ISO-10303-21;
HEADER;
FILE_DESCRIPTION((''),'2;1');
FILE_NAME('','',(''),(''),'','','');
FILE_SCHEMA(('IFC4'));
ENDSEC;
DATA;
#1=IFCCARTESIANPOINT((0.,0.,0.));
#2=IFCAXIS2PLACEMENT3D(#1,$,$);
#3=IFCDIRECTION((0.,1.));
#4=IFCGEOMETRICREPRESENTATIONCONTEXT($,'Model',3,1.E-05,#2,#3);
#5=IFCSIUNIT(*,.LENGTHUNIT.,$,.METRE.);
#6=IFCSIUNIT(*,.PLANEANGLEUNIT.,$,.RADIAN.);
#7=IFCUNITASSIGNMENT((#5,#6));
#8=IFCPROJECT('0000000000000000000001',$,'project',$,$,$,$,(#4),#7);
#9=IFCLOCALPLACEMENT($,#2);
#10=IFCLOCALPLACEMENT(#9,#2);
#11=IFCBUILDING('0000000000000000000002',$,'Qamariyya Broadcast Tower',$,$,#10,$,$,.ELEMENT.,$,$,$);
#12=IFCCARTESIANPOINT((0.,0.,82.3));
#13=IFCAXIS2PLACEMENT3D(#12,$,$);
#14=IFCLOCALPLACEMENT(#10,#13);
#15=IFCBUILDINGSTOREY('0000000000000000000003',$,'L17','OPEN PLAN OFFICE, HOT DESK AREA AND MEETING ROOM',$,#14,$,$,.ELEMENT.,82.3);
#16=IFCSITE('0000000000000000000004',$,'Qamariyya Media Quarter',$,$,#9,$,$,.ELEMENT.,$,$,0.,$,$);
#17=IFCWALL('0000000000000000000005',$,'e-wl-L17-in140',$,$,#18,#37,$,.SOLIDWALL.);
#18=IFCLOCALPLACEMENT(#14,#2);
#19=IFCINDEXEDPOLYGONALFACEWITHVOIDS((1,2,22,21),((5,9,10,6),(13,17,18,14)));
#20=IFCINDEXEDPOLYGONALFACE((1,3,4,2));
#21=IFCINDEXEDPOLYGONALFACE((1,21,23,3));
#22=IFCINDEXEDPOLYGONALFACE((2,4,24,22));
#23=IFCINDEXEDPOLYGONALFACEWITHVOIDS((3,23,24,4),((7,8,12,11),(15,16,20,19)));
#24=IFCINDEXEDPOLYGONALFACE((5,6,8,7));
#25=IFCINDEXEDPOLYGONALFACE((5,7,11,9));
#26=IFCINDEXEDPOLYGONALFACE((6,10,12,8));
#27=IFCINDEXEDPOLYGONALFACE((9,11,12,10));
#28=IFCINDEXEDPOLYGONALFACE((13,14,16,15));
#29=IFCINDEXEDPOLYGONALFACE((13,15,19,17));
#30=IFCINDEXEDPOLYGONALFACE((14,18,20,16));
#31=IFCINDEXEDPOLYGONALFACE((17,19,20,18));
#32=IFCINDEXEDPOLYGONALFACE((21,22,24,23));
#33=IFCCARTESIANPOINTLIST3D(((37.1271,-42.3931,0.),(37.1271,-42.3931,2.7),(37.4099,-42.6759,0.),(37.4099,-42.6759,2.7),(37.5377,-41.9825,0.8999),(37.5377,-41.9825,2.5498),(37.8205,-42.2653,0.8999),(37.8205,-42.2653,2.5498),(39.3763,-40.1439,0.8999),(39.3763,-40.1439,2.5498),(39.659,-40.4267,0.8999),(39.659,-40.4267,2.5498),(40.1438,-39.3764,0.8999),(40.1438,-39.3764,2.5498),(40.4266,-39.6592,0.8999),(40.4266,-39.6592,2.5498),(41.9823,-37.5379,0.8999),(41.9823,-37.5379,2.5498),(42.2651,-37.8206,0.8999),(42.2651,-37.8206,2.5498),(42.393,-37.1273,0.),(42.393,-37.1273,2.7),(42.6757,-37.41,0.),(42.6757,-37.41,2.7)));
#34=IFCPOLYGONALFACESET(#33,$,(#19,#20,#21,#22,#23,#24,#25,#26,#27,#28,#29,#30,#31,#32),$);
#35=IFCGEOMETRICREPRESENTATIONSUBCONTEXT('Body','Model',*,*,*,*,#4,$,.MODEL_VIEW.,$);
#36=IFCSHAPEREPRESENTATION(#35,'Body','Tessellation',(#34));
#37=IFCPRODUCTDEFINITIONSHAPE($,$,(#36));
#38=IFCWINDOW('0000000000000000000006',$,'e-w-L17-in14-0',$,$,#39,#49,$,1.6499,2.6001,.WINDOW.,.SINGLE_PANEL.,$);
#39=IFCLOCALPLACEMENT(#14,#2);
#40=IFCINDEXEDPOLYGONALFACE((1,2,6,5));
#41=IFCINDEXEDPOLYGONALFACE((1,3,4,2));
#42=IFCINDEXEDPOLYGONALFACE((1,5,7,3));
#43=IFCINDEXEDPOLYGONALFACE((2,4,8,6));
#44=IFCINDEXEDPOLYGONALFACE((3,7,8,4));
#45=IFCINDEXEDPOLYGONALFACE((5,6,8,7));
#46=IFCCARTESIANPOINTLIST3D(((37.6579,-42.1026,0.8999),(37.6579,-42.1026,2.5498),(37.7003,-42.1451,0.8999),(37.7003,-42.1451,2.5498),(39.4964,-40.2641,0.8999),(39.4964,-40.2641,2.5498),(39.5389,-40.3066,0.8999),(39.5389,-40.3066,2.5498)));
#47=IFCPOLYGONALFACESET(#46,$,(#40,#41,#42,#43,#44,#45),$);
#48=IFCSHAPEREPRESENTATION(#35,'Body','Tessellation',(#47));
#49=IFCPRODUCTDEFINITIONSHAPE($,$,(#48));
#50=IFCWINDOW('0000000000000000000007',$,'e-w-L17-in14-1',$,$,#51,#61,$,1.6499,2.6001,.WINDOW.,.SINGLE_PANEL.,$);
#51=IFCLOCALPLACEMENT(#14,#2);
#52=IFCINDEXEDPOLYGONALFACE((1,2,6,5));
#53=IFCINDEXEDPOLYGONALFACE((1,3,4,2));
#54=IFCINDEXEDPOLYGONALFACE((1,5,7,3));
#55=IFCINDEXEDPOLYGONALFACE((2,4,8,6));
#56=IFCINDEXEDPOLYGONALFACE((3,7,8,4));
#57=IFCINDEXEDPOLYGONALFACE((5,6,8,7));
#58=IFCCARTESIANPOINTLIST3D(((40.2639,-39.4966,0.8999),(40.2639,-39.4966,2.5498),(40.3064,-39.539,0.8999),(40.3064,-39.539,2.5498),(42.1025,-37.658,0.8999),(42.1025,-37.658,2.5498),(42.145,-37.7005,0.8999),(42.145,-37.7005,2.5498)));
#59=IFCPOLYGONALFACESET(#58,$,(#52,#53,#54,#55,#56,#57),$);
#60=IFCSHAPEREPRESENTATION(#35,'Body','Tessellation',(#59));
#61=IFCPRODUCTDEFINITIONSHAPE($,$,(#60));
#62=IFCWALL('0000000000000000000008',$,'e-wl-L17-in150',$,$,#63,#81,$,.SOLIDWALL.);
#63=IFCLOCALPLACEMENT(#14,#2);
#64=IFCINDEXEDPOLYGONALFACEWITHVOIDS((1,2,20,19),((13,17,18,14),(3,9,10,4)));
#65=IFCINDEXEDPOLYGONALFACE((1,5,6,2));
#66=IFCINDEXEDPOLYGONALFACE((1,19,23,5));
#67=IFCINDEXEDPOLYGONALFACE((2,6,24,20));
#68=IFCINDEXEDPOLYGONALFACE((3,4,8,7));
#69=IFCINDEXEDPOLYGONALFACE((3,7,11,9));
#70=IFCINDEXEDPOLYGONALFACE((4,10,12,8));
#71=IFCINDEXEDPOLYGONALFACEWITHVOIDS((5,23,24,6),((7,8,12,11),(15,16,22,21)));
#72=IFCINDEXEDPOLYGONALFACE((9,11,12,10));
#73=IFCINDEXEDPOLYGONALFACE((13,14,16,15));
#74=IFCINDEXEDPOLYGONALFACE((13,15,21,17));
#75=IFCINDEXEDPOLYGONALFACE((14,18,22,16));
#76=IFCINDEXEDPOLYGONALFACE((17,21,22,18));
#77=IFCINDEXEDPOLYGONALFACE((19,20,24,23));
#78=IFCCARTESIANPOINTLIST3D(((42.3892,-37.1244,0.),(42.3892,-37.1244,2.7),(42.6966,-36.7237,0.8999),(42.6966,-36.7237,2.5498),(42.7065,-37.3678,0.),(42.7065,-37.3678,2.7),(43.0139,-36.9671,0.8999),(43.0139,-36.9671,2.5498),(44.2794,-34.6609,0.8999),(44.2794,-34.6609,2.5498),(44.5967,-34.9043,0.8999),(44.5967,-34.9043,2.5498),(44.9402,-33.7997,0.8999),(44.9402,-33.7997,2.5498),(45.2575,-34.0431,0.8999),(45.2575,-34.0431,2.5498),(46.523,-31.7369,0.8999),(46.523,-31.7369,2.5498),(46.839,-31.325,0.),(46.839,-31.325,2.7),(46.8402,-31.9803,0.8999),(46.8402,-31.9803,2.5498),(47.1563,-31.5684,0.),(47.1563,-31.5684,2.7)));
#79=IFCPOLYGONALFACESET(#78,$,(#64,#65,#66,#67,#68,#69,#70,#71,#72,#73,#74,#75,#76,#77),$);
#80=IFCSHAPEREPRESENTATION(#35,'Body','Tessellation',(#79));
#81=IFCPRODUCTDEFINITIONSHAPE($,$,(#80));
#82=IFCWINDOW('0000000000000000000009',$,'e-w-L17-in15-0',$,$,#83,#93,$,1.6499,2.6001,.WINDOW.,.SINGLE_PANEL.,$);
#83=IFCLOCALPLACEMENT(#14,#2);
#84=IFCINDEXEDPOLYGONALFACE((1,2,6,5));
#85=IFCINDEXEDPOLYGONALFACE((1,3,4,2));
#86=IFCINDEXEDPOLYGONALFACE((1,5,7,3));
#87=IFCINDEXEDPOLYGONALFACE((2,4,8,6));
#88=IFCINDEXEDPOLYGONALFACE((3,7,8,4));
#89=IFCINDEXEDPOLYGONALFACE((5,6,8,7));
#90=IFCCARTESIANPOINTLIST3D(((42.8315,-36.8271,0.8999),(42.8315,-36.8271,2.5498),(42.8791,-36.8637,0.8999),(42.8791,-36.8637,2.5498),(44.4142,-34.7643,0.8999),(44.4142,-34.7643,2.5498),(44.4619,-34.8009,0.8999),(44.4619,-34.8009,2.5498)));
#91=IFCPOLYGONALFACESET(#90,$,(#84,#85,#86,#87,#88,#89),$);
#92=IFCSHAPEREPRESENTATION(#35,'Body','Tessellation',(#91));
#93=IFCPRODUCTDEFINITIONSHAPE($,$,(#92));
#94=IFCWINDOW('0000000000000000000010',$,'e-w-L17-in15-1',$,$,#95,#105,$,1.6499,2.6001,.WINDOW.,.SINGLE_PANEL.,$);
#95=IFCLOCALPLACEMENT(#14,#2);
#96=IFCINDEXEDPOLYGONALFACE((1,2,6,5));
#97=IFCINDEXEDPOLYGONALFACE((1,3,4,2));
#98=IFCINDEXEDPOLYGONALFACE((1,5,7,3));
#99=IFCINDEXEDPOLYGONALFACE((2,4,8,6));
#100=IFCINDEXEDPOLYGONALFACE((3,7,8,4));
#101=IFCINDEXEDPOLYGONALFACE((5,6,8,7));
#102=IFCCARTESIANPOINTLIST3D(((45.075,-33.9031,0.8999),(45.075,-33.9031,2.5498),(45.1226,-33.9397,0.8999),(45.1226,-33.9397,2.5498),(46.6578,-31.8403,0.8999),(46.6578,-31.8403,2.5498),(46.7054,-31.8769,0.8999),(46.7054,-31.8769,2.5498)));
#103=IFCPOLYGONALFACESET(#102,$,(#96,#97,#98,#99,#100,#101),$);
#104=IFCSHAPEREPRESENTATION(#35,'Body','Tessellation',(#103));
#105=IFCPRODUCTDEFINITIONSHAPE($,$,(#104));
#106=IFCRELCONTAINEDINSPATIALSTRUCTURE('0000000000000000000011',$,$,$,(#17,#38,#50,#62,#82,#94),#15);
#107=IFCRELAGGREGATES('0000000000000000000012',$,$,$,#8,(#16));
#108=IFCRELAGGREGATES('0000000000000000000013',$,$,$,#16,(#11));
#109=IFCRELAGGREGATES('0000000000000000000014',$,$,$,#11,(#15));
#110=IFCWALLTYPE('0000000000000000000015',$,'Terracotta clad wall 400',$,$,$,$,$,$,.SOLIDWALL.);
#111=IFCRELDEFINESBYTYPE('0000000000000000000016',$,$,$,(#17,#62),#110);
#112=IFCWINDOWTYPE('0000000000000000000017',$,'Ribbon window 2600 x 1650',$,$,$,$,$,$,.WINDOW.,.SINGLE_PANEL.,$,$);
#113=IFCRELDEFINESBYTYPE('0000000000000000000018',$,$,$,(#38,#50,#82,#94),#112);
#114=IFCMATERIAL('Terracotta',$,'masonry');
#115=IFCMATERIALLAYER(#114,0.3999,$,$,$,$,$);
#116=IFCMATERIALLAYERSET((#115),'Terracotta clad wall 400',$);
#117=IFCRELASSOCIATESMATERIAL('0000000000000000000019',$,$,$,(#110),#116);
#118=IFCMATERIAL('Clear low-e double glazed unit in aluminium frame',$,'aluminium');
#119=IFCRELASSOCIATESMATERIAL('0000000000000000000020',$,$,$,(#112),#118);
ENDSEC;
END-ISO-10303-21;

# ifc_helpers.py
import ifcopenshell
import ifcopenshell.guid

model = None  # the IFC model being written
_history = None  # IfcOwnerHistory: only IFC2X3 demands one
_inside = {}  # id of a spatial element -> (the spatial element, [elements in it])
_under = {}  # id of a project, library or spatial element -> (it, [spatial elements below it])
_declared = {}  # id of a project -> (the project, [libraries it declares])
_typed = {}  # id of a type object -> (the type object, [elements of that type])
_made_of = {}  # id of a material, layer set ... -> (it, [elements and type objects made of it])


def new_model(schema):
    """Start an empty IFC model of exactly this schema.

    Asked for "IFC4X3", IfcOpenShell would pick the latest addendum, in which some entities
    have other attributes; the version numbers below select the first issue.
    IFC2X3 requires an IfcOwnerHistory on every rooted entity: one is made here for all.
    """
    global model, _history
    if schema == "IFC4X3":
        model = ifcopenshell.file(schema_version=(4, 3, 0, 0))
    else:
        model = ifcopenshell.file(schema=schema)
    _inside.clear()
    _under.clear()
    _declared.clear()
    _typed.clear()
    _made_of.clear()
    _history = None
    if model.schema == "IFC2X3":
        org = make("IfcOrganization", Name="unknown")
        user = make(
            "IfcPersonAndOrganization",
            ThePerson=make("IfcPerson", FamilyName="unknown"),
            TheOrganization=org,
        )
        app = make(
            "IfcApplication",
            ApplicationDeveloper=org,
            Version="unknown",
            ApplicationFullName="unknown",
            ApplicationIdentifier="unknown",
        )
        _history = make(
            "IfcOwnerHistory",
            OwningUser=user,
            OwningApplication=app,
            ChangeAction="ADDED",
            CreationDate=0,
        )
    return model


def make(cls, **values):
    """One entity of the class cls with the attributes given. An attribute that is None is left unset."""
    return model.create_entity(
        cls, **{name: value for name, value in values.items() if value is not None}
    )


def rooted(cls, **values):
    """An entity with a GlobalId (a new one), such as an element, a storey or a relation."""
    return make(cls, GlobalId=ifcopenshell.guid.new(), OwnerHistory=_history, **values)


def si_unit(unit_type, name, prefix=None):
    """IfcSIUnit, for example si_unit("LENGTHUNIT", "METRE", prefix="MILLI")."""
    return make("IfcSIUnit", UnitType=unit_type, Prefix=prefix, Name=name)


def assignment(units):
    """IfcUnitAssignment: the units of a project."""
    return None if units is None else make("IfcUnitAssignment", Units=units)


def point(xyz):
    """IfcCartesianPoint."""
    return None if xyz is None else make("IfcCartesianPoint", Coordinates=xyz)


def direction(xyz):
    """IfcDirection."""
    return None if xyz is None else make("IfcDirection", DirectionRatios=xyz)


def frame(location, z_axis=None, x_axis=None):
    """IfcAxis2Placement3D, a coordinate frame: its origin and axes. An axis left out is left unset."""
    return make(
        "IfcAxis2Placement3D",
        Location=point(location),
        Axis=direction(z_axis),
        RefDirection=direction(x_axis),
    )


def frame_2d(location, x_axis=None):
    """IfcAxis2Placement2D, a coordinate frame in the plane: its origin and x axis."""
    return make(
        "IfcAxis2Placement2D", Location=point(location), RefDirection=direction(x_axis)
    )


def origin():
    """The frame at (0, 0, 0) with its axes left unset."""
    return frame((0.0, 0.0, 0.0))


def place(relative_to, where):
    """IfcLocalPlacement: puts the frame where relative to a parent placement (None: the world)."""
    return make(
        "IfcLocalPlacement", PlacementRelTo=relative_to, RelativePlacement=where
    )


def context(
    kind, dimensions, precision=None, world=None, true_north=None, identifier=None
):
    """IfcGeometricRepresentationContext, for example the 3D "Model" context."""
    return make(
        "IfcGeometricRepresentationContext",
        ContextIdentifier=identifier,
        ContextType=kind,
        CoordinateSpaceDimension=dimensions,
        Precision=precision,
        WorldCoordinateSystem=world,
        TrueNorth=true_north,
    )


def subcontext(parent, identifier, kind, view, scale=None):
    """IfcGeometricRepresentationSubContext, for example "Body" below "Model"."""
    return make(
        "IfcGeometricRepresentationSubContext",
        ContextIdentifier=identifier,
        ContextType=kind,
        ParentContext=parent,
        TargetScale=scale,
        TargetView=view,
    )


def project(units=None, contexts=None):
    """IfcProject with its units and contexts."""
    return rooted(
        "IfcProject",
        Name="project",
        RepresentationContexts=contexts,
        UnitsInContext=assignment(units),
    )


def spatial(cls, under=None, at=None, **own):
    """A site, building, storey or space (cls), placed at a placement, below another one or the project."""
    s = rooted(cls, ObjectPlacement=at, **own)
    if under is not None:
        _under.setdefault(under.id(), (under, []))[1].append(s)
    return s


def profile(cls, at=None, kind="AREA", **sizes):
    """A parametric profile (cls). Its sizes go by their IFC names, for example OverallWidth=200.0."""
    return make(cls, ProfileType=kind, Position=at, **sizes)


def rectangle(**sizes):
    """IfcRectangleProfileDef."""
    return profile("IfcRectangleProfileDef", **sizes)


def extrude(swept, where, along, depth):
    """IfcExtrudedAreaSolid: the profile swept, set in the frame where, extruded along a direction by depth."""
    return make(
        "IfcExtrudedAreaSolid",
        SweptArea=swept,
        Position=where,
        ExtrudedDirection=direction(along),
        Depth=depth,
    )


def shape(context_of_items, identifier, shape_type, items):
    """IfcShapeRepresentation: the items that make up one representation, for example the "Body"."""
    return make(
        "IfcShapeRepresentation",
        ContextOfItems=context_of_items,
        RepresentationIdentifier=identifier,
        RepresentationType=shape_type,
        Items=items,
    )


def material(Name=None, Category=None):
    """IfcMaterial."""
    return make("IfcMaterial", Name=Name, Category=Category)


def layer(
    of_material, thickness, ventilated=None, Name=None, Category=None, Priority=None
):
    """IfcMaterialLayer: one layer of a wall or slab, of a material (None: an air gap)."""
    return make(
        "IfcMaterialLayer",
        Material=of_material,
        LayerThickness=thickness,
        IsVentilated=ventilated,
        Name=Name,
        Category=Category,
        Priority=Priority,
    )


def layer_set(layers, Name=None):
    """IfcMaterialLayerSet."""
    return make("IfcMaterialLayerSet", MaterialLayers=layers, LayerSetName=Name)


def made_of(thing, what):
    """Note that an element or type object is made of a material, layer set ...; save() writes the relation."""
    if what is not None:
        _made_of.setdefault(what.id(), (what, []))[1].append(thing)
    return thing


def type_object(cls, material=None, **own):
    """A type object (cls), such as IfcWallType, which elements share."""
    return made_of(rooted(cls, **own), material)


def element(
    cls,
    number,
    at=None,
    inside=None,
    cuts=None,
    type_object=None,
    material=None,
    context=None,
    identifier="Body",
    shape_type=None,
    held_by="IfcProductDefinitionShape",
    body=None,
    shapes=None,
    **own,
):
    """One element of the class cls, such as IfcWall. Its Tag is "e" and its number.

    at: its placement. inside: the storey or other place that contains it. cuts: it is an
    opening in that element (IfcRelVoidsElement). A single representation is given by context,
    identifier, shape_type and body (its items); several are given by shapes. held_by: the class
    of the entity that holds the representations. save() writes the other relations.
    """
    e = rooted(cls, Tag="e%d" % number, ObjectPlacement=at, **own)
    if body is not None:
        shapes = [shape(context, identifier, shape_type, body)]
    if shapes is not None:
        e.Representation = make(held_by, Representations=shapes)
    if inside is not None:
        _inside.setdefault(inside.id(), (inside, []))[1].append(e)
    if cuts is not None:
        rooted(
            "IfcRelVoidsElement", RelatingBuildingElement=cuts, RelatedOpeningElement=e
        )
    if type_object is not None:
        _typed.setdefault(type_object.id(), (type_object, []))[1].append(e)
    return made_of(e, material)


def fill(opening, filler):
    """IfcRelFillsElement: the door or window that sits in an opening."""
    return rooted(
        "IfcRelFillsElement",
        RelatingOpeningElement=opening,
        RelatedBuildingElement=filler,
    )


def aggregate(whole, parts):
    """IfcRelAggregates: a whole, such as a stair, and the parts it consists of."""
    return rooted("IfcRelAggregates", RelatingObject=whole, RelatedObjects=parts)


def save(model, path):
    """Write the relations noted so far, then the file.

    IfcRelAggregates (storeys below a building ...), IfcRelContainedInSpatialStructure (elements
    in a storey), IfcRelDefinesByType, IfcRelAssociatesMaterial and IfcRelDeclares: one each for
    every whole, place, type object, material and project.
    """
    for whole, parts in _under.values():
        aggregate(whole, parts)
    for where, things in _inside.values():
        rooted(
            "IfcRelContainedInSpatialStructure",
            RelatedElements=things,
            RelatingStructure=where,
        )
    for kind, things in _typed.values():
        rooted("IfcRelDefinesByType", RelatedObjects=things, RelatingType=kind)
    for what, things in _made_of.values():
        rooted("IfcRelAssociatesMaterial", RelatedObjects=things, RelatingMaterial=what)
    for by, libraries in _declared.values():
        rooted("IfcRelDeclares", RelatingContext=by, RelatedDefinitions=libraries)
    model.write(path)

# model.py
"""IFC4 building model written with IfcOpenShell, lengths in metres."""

from ifc_helpers import new_model, si_unit, direction, frame, frame_2d, origin, place, context, subcontext, project, spatial, rectangle, extrude, material, layer, layer_set, type_object, element, fill, save


model = new_model("IFC4")

# Units and contexts
model_context = context("Model", 3, precision=1e-05, world=origin(), true_north=direction((0.0, 1.0)))
body_context = subcontext(model_context, "Body", "Model", "MODEL_VIEW")
ifc_project = project(units=[si_unit("LENGTHUNIT", "METRE"), si_unit("PLANEANGLEUNIT", "RADIAN")], contexts=[model_context])

# Site, building, storey
site_placement = place(None, origin())
site = spatial("IfcSite", under=ifc_project, at=site_placement, Name="Qamariyya Media Quarter", CompositionType="ELEMENT", RefElevation=0.0)
building_placement = place(site_placement, origin())
building = spatial("IfcBuilding", under=site, at=building_placement, Name="Qamariyya Broadcast Tower", CompositionType="ELEMENT")
storey_placement = place(building_placement, frame((0.0, 0.0, 82.3)))
storey = spatial("IfcBuildingStorey", under=building, at=storey_placement, Name="L17", Description="OPEN PLAN OFFICE, HOT DESK AREA AND MEETING ROOM", CompositionType="ELEMENT", Elevation=82.3)

# Walls, openings, windows
ifc_material_1 = material(Name="Terracotta", Category="masonry")
ifc_layer_1 = layer(ifc_material_1, 0.3999)
ifc_layer_set_1 = layer_set([ifc_layer_1], Name="Terracotta clad wall 400")
wall_type_1 = type_object("IfcWallType", Name="Terracotta clad wall 400", PredefinedType="SOLIDWALL", material=ifc_layer_set_1)
wall_1_placement = place(storey_placement, frame((42.5344, -37.2686, 0.0), z_axis=(0.0, 0.0, 1.0), x_axis=(-0.707107, -0.707107, 0.0)))
wall_1 = element("IfcWall", 1, at=wall_1_placement, inside=storey, type_object=wall_type_1, Name="e-wl-L17-in140", PredefinedType="SOLIDWALL", context=body_context, shape_type="SweptSolid", body=[
    extrude(rectangle(XDim=7.447, YDim=0.3999, at=frame_2d((3.7236, 0.0))), origin(), (0.0, 0.0, 1.0), 2.7),
])
opening_1_placement = place(wall_1_placement, frame((4.2664, 0.0, 0.8999)))
opening_1 = element("IfcOpeningElement", 2, at=opening_1_placement, cuts=wall_1, PredefinedType="OPENING", context=body_context, shape_type="SweptSolid", body=[
    extrude(rectangle(XDim=2.6001, YDim=1.6499, at=frame_2d((1.3, 0.825))), frame((0.0, 0.21, 0.0), z_axis=(0.0, -1.0, 0.0), x_axis=(1.0, 0.0, 0.0)), (0.0, 0.0, 1.0), 0.4199),
])
opening_2_placement = place(wall_1_placement, frame((0.5808, 0.0, 0.8999)))
opening_2 = element("IfcOpeningElement", 3, at=opening_2_placement, cuts=wall_1, PredefinedType="OPENING", context=body_context, shape_type="SweptSolid", body=[
    extrude(rectangle(XDim=2.6001, YDim=1.6499, at=frame_2d((1.3, 0.825))), frame((0.0, 0.21, 0.0), z_axis=(0.0, -1.0, 0.0), x_axis=(1.0, 0.0, 0.0)), (0.0, 0.0, 1.0), 0.4199),
])
ifc_material_2 = material(Name="Clear low-e double glazed unit in aluminium frame", Category="aluminium")
window_type = type_object("IfcWindowType", Name="Ribbon window 2600 x 1650", PartitioningType="SINGLE_PANEL", PredefinedType="WINDOW", material=ifc_material_2)
window_1_placement = place(opening_1_placement, origin())
window_1 = element("IfcWindow", 4, at=window_1_placement, inside=storey, type_object=window_type, Name="e-w-L17-in14-0", OverallHeight=1.6499, OverallWidth=2.6001, PartitioningType="SINGLE_PANEL", PredefinedType="WINDOW", context=body_context, shape_type="SweptSolid", body=[
    extrude(rectangle(XDim=2.6001, YDim=1.6499, at=frame_2d((1.3, 0.825))), frame((0.0, 0.03, 0.0), z_axis=(0.0, -1.0, 0.0), x_axis=(1.0, 0.0, 0.0)), (0.0, 0.0, 1.0), 0.0601),
])
fill(opening_1, window_1)
window_2_placement = place(opening_2_placement, origin())
window_2 = element("IfcWindow", 5, at=window_2_placement, inside=storey, type_object=window_type, Name="e-w-L17-in14-1", OverallHeight=1.6499, OverallWidth=2.6001, PartitioningType="SINGLE_PANEL", PredefinedType="WINDOW", context=body_context, shape_type="SweptSolid", body=[
    extrude(rectangle(XDim=2.6001, YDim=1.6499, at=frame_2d((1.3, 0.825))), frame((0.0, 0.03, 0.0), z_axis=(0.0, -1.0, 0.0), x_axis=(1.0, 0.0, 0.0)), (0.0, 0.0, 1.0), 0.0601),
])
fill(opening_2, window_2)
wall_2_placement = place(storey_placement, frame((46.9976, -31.4468, 0.0), z_axis=(0.0, 0.0, 1.0), x_axis=(-0.608739, -0.793371, 0.0)))
wall_2 = element("IfcWall", 6, at=wall_2_placement, inside=storey, type_object=wall_type_1, Name="e-wl-L17-in150", PredefinedType="SOLIDWALL", context=body_context, shape_type="SweptSolid", body=[
    extrude(rectangle(XDim=7.3098, YDim=0.3999, at=frame_2d((3.6548, 0.0))), origin(), (0.0, 0.0, 1.0), 2.7),
])
opening_3_placement = place(wall_2_placement, frame((4.2046, 0.0, 0.8999)))
opening_3 = element("IfcOpeningElement", 7, at=opening_3_placement, cuts=wall_2, PredefinedType="OPENING", context=body_context, shape_type="SweptSolid", body=[
    extrude(rectangle(XDim=2.6001, YDim=1.6499, at=frame_2d((1.3, 0.825))), frame((0.0, 0.21, 0.0), z_axis=(0.0, -1.0, 0.0), x_axis=(1.0, 0.0, 0.0)), (0.0, 0.0, 1.0), 0.4199),
])
opening_4_placement = place(wall_2_placement, frame((0.519, 0.0, 0.8999)))
opening_4 = element("IfcOpeningElement", 8, at=opening_4_placement, cuts=wall_2, PredefinedType="OPENING", context=body_context, shape_type="SweptSolid", body=[
    extrude(rectangle(XDim=2.6001, YDim=1.6499, at=frame_2d((1.3, 0.825))), frame((0.0, 0.21, 0.0), z_axis=(0.0, -1.0, 0.0), x_axis=(1.0, 0.0, 0.0)), (0.0, 0.0, 1.0), 0.4199),
])
window_3_placement = place(opening_3_placement, origin())
window_3 = element("IfcWindow", 9, at=window_3_placement, inside=storey, type_object=window_type, Name="e-w-L17-in15-0", OverallHeight=1.6499, OverallWidth=2.6001, PartitioningType="SINGLE_PANEL", PredefinedType="WINDOW", context=body_context, shape_type="SweptSolid", body=[
    extrude(rectangle(XDim=2.6001, YDim=1.6499, at=frame_2d((1.3, 0.825))), frame((0.0, 0.03, 0.0), z_axis=(0.0, -1.0, 0.0), x_axis=(1.0, 0.0, 0.0)), (0.0, 0.0, 1.0), 0.0601),
])
fill(opening_3, window_3)
window_4_placement = place(opening_4_placement, origin())
window_4 = element("IfcWindow", 10, at=window_4_placement, inside=storey, type_object=window_type, Name="e-w-L17-in15-1", OverallHeight=1.6499, OverallWidth=2.6001, PartitioningType="SINGLE_PANEL", PredefinedType="WINDOW", context=body_context, shape_type="SweptSolid", body=[
    extrude(rectangle(XDim=2.6001, YDim=1.6499, at=frame_2d((1.3, 0.825))), frame((0.0, 0.03, 0.0), z_axis=(0.0, -1.0, 0.0), x_axis=(1.0, 0.0, 0.0)), (0.0, 0.0, 1.0), 0.0601),
])
fill(opening_4, window_4)

save(model, "model.ifc")
